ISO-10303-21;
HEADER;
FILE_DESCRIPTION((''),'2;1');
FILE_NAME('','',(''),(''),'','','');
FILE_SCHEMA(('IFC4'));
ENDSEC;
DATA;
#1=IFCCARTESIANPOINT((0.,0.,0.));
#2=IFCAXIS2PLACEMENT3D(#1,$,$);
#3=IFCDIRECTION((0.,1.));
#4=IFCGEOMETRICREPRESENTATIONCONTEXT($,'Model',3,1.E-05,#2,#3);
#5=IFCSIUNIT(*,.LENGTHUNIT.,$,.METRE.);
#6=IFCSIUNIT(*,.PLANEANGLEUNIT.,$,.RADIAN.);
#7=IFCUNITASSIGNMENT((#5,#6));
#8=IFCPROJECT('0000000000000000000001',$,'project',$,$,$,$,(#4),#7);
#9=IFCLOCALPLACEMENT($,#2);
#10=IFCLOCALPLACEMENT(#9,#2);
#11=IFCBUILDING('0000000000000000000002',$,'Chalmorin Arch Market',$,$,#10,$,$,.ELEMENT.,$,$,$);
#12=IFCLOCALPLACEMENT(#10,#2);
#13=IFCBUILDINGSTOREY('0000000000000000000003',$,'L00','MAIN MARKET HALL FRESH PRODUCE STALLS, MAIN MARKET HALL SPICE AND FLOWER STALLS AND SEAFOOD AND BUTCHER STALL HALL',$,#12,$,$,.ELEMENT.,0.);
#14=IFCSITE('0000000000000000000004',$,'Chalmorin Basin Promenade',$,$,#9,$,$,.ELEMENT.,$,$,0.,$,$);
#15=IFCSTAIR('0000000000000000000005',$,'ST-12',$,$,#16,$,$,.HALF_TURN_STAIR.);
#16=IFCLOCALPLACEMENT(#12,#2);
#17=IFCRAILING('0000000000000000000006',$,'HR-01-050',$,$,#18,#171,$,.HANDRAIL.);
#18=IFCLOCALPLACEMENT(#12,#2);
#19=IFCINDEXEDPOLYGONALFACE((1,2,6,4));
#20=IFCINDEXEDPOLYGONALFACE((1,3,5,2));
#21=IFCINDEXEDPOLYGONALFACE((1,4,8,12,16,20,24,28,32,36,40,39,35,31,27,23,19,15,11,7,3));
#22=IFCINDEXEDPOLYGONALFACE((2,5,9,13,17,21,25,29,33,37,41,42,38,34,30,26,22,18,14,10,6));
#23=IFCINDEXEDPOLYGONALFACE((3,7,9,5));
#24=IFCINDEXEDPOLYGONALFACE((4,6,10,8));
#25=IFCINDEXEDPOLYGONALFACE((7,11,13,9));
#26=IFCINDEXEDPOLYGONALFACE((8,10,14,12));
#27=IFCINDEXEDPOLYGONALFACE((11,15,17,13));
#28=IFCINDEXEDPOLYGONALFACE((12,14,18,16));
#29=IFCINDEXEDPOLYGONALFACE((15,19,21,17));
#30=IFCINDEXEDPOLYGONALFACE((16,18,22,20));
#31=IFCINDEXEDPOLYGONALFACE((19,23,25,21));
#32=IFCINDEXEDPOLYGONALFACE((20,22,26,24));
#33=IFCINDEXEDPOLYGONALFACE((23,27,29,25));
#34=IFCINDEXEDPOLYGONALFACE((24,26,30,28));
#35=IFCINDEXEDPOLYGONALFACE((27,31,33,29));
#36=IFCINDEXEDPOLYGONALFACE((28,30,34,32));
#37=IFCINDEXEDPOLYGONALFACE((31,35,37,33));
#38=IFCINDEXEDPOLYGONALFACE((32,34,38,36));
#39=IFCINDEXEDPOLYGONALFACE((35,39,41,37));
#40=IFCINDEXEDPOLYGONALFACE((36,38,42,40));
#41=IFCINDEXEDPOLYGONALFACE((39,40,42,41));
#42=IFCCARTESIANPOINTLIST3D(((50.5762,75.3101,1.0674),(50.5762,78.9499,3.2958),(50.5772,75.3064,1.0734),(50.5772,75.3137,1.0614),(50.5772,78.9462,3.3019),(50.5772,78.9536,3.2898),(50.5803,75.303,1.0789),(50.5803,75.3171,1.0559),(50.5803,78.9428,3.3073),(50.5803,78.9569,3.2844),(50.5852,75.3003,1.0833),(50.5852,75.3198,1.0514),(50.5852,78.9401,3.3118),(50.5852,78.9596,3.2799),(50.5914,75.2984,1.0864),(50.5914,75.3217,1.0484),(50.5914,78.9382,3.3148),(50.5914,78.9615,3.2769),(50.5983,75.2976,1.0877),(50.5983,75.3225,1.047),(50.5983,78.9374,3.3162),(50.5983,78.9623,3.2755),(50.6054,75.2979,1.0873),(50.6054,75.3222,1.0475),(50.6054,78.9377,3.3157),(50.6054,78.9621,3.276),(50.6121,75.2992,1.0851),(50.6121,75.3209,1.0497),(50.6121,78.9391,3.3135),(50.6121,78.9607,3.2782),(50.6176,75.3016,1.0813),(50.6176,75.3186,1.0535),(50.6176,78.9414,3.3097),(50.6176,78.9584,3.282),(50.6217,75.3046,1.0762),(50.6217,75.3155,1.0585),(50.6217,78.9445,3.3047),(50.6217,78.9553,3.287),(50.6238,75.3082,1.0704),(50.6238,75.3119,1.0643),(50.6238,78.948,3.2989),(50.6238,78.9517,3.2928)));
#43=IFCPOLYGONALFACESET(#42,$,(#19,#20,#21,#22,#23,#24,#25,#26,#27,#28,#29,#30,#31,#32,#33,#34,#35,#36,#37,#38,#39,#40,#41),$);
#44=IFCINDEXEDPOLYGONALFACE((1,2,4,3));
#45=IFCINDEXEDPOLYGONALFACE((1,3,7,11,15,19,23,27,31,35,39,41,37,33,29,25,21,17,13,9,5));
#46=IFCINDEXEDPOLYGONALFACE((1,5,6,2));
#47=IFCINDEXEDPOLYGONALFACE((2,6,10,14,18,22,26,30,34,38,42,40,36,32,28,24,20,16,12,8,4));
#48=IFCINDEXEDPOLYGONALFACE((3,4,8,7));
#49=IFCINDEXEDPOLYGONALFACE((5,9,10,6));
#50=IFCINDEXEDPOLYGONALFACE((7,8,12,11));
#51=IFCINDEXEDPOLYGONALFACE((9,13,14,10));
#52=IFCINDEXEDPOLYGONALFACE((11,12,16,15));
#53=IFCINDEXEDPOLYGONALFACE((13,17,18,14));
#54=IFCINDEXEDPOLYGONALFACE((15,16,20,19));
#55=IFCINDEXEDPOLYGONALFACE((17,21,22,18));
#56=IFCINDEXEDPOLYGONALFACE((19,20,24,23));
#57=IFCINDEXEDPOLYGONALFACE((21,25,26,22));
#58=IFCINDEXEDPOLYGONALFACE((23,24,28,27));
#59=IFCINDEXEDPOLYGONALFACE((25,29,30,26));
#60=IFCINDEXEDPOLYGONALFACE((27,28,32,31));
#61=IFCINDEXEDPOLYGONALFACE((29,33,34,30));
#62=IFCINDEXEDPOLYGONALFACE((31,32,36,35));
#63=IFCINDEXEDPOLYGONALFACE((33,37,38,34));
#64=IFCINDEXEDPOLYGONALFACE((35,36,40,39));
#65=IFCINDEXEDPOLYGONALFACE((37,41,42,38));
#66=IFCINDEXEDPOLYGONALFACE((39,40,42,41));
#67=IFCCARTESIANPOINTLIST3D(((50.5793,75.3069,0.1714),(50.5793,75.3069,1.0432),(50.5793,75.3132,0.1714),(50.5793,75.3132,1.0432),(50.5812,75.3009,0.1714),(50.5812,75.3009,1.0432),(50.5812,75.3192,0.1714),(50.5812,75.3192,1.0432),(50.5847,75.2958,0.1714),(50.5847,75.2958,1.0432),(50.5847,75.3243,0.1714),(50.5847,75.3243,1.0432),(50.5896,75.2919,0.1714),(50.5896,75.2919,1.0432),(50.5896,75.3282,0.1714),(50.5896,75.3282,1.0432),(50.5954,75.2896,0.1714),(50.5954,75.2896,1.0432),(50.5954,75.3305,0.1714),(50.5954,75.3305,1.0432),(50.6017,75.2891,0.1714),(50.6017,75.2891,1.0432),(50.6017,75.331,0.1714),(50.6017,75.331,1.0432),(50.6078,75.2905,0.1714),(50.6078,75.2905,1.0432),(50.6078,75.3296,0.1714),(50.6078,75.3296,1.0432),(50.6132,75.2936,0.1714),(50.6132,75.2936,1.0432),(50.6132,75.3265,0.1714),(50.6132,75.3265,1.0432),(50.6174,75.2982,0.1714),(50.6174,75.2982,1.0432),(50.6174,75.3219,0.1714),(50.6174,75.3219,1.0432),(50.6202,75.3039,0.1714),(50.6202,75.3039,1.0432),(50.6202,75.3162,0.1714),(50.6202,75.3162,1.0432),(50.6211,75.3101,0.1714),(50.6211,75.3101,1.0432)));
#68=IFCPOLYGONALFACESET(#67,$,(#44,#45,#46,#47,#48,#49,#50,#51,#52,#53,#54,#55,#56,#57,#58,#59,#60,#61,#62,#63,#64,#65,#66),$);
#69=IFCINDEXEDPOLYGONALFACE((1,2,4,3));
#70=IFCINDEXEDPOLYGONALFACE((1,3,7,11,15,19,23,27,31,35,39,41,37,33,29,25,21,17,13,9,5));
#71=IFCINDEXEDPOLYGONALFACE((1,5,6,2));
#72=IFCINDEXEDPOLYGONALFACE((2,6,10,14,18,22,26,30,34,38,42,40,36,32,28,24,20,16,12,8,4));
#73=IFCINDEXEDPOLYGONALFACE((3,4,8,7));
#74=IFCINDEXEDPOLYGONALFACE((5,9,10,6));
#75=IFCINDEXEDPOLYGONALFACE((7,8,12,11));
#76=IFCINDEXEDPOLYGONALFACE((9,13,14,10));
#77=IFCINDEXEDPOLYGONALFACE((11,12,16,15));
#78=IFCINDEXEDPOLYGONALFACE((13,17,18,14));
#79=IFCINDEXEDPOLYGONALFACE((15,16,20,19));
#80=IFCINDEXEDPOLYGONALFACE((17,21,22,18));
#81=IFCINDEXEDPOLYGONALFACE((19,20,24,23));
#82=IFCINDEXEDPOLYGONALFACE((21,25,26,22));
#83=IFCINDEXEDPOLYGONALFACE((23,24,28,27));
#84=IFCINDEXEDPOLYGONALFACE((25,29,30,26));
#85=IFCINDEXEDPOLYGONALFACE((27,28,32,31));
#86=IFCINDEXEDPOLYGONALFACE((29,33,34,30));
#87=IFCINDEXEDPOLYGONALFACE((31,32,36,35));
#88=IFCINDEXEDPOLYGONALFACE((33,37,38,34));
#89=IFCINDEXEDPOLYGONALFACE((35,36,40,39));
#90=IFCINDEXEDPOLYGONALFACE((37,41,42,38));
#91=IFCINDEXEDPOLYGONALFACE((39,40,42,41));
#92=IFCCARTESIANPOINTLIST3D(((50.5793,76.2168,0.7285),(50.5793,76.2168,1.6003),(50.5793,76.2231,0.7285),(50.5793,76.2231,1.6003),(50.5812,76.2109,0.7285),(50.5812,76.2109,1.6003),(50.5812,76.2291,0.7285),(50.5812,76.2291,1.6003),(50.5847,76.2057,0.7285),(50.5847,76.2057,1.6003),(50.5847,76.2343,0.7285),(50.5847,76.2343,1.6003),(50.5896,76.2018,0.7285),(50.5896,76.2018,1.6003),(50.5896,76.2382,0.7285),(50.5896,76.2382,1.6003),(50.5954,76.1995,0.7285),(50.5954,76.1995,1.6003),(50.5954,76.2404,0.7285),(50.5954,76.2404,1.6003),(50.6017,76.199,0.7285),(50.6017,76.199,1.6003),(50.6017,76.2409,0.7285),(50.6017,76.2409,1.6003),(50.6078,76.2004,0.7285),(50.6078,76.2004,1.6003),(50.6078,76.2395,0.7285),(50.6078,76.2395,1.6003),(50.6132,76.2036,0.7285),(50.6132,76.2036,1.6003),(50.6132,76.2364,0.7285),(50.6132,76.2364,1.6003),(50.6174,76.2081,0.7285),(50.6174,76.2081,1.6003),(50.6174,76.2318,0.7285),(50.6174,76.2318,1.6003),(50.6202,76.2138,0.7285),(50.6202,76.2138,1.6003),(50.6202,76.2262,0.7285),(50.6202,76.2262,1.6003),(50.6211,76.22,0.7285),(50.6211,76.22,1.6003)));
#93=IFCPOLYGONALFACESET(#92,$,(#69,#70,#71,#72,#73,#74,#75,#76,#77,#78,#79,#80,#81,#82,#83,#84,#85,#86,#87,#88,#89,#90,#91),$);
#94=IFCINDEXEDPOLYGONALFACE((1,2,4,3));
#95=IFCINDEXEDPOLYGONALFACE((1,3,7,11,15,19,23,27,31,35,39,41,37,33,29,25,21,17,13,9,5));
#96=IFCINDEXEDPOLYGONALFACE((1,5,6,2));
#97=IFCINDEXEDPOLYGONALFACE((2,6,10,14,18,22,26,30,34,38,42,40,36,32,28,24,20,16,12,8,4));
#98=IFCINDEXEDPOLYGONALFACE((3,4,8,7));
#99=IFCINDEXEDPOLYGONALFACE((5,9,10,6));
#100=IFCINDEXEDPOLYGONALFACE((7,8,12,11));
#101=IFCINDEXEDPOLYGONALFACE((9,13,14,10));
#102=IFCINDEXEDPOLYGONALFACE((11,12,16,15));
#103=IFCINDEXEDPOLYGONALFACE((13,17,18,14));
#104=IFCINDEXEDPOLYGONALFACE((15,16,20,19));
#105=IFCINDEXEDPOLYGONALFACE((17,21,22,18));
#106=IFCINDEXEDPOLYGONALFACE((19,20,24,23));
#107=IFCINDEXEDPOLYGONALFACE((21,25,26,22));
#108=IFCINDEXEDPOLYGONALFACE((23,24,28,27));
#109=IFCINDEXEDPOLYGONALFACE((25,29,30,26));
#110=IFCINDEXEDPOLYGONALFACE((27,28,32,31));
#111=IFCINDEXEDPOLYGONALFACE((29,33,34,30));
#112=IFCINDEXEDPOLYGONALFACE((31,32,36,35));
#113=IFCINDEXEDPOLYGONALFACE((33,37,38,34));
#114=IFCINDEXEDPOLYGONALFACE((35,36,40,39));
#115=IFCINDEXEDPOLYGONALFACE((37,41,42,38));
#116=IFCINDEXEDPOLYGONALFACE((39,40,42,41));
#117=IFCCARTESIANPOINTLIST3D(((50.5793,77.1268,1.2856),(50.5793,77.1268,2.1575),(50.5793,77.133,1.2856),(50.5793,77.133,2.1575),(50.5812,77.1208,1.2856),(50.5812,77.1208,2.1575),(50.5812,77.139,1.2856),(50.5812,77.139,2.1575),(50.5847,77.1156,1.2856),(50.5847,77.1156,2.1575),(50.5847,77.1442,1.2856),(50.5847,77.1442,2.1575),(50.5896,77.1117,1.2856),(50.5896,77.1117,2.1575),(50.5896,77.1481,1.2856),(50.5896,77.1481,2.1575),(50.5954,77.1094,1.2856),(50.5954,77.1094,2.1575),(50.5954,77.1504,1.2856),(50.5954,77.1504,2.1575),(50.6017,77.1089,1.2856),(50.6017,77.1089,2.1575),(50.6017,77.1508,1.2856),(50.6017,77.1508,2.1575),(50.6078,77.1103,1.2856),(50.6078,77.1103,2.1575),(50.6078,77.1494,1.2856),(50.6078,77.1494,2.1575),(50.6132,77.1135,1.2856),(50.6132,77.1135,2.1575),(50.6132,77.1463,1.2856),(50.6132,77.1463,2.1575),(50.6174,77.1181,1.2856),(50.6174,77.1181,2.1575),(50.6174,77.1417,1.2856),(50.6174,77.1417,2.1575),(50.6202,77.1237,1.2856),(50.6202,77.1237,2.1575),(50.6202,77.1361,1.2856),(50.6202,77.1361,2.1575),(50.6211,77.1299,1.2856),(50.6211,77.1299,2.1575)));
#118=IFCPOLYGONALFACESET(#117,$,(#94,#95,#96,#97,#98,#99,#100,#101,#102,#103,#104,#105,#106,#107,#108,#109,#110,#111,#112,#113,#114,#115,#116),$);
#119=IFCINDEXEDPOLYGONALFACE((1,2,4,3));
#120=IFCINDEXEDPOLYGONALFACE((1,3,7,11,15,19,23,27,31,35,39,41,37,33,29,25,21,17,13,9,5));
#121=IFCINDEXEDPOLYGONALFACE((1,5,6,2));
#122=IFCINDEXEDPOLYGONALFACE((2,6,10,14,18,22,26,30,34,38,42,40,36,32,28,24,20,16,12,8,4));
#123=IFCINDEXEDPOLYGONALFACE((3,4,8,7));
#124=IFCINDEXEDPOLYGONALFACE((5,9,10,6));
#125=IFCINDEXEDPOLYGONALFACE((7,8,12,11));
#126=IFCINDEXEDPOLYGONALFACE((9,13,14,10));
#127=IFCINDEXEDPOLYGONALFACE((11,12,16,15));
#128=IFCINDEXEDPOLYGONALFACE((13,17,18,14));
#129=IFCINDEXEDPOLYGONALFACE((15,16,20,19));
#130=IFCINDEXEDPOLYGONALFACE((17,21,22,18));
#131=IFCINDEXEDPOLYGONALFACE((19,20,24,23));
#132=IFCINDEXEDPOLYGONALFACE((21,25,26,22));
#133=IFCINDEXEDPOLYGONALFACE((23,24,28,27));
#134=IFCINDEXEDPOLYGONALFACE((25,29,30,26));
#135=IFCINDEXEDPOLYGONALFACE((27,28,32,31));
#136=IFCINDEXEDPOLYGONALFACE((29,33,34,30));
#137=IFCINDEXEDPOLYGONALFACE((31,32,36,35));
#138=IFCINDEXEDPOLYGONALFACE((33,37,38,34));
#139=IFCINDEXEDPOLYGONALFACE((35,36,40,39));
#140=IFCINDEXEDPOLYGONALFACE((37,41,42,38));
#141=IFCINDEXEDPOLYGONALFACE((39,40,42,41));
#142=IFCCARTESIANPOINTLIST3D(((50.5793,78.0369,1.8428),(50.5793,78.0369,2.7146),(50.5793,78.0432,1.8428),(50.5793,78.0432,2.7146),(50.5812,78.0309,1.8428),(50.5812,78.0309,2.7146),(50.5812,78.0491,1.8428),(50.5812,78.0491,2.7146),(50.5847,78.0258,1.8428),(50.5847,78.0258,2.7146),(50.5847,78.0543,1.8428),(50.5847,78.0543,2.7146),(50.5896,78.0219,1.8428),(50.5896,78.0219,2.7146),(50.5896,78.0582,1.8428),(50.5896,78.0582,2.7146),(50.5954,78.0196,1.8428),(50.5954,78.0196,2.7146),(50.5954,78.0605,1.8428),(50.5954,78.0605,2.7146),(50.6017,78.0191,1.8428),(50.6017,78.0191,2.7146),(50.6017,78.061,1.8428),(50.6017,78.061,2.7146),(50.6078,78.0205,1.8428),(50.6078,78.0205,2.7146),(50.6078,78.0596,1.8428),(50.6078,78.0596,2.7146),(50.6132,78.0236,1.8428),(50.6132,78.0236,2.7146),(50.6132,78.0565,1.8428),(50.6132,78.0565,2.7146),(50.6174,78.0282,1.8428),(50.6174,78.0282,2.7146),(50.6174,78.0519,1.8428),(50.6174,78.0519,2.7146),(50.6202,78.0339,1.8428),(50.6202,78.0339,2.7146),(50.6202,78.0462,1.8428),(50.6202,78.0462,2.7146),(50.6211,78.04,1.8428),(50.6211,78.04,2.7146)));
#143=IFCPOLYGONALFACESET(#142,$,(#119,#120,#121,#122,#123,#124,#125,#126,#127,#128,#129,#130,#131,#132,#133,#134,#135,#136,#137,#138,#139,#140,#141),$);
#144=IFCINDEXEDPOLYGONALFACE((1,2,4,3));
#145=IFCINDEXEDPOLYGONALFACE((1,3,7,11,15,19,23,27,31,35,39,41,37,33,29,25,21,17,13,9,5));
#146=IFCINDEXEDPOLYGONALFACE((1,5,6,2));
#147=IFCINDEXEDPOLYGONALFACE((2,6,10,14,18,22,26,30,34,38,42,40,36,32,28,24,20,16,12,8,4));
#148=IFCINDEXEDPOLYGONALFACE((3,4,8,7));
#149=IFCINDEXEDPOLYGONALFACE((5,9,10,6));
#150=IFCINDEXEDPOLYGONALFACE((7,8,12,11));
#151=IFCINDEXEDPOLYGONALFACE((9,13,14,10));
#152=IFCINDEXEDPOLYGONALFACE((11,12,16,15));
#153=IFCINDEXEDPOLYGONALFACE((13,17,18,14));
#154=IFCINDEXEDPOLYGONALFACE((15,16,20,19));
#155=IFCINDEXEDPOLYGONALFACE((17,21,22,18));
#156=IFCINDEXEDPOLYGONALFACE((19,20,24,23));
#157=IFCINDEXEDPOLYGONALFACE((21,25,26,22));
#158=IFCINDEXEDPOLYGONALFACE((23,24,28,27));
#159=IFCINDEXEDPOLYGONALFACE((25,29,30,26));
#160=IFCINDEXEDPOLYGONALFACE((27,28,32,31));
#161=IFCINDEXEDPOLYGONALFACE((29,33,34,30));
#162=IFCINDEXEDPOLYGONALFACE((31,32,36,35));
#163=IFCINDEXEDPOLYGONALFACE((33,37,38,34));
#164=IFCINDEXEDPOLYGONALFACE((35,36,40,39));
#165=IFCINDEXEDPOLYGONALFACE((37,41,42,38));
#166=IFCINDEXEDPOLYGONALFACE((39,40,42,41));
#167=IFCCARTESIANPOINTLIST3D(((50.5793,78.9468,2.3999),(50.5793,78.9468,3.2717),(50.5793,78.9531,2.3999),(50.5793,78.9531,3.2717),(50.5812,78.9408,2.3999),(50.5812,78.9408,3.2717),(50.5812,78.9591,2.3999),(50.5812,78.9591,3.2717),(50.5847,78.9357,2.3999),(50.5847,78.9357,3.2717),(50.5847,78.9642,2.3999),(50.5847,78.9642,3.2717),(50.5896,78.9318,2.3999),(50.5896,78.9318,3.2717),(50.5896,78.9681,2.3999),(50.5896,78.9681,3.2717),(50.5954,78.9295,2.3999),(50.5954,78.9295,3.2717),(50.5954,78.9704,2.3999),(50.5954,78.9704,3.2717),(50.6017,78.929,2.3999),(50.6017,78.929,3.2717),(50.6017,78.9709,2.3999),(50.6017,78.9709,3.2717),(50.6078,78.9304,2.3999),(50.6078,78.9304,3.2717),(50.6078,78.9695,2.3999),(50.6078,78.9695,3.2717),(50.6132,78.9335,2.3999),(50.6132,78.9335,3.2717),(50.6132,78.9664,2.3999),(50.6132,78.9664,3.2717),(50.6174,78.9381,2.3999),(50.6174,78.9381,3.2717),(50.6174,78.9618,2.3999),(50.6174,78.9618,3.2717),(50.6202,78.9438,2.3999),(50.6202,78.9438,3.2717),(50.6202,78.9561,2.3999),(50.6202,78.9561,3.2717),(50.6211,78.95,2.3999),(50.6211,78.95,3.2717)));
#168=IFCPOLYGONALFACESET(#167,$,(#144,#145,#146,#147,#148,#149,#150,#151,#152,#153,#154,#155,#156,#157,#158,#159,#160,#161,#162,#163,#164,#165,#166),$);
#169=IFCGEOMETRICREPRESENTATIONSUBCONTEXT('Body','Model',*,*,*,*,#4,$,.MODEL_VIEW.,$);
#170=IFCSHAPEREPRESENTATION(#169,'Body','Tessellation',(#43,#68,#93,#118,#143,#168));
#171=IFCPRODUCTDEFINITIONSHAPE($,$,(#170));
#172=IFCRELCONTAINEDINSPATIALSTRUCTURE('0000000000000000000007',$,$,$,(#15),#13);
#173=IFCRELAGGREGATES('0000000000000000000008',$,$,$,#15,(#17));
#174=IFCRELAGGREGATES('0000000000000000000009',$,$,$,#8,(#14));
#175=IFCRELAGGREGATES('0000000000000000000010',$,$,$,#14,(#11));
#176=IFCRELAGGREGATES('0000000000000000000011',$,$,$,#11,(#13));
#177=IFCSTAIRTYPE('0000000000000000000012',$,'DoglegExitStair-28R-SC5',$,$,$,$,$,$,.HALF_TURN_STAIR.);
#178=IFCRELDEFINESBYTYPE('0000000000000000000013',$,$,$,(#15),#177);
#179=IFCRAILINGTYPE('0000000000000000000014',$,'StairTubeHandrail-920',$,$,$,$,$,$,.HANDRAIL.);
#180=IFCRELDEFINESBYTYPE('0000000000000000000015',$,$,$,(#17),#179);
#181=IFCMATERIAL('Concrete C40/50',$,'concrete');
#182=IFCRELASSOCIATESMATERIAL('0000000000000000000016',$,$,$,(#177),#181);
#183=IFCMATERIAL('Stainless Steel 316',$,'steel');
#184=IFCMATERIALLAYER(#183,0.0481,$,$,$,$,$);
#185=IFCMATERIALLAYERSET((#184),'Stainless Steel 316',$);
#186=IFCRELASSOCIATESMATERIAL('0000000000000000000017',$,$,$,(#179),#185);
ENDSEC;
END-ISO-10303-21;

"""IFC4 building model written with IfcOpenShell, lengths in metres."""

from ifc_helpers import new_model, si_unit, direction, frame, origin, origin_2d, place, context, subcontext, project, spatial, circle, extrude, material, layer, layer_set, type_object, element, aggregate, save


model = new_model("IFC4")

# Units and contexts
model_context = context("Model", 3, precision=1e-05, world=origin(), true_north=direction((0.0, 1.0)))
body_context = subcontext(model_context, "Body", "Model", "MODEL_VIEW")
ifc_project = project(units=[si_unit("LENGTHUNIT", "METRE"), si_unit("PLANEANGLEUNIT", "RADIAN")], contexts=[model_context])

# Site, building, storey
site_placement = place(None, origin())
site = spatial("IfcSite", under=ifc_project, at=site_placement, Name="Chalmorin Basin Promenade", CompositionType="ELEMENT", RefElevation=0.0)
building_placement = place(site_placement, origin())
building = spatial("IfcBuilding", under=site, at=building_placement, Name="Chalmorin Arch Market", CompositionType="ELEMENT")
storey_placement = place(building_placement, origin())
storey = spatial("IfcBuildingStorey", under=building, at=storey_placement, Name="L00", Description="MAIN MARKET HALL FRESH PRODUCE STALLS, MAIN MARKET HALL SPICE AND FLOWER STALLS AND SEAFOOD AND BUTCHER STALL HALL", CompositionType="ELEMENT", Elevation=0.0)

# Shared definitions
ifc_material_1 = material(Name="Concrete C40/50", Category="concrete")

# Stair, railing
stair_type = type_object("IfcStairType", Name="DoglegExitStair-28R-SC5", PredefinedType="HALF_TURN_STAIR", material=ifc_material_1)
stair_placement = place(storey_placement, origin())
stair = element("IfcStair", 1, at=stair_placement, inside=storey, type_object=stair_type, Name="ST-12", PredefinedType="HALF_TURN_STAIR")
ifc_material_2 = material(Name="Stainless Steel 316", Category="steel")
ifc_layer_1 = layer(ifc_material_2, 0.0481)
ifc_layer_set_1 = layer_set([ifc_layer_1], Name="Stainless Steel 316")
railing_type_1 = type_object("IfcRailingType", Name="StairTubeHandrail-920", PredefinedType="HANDRAIL", material=ifc_layer_set_1)
railing_1_placement = place(storey_placement, frame((50.6001, 75.3101, 0.1714)))
railing_1 = element("IfcRailing", 2, at=railing_1_placement, type_object=railing_type_1, Name="HR-01-050", PredefinedType="HANDRAIL", context=body_context, shape_type="SweptSolid", body=[
    extrude(circle(Radius=0.0239, at=origin_2d()), frame((0.0, 0.0, 0.896), z_axis=(0.0, 0.85285, 0.522156), x_axis=(-1.0, 0.0, 0.0)), (0.0, 0.0, 1.0), 4.2678),
    extrude(circle(Radius=0.021, at=origin_2d()), origin(), (0.0, 0.0, 1.0), 0.8718),
    extrude(circle(Radius=0.021, at=origin_2d()), frame((0.0, 0.9099, 0.5571)), (0.0, 0.0, 1.0), 0.8718),
    extrude(circle(Radius=0.021, at=origin_2d()), frame((0.0, 1.8198, 1.1143)), (0.0, 0.0, 1.0), 0.8718),
    extrude(circle(Radius=0.021, at=origin_2d()), frame((0.0, 2.73, 1.6714)), (0.0, 0.0, 1.0), 0.8718),
    extrude(circle(Radius=0.021, at=origin_2d()), frame((0.0, 3.6399, 2.2285)), (0.0, 0.0, 1.0), 0.8718),
])
aggregate(stair, [railing_1])

save(model, "model.ifc")
